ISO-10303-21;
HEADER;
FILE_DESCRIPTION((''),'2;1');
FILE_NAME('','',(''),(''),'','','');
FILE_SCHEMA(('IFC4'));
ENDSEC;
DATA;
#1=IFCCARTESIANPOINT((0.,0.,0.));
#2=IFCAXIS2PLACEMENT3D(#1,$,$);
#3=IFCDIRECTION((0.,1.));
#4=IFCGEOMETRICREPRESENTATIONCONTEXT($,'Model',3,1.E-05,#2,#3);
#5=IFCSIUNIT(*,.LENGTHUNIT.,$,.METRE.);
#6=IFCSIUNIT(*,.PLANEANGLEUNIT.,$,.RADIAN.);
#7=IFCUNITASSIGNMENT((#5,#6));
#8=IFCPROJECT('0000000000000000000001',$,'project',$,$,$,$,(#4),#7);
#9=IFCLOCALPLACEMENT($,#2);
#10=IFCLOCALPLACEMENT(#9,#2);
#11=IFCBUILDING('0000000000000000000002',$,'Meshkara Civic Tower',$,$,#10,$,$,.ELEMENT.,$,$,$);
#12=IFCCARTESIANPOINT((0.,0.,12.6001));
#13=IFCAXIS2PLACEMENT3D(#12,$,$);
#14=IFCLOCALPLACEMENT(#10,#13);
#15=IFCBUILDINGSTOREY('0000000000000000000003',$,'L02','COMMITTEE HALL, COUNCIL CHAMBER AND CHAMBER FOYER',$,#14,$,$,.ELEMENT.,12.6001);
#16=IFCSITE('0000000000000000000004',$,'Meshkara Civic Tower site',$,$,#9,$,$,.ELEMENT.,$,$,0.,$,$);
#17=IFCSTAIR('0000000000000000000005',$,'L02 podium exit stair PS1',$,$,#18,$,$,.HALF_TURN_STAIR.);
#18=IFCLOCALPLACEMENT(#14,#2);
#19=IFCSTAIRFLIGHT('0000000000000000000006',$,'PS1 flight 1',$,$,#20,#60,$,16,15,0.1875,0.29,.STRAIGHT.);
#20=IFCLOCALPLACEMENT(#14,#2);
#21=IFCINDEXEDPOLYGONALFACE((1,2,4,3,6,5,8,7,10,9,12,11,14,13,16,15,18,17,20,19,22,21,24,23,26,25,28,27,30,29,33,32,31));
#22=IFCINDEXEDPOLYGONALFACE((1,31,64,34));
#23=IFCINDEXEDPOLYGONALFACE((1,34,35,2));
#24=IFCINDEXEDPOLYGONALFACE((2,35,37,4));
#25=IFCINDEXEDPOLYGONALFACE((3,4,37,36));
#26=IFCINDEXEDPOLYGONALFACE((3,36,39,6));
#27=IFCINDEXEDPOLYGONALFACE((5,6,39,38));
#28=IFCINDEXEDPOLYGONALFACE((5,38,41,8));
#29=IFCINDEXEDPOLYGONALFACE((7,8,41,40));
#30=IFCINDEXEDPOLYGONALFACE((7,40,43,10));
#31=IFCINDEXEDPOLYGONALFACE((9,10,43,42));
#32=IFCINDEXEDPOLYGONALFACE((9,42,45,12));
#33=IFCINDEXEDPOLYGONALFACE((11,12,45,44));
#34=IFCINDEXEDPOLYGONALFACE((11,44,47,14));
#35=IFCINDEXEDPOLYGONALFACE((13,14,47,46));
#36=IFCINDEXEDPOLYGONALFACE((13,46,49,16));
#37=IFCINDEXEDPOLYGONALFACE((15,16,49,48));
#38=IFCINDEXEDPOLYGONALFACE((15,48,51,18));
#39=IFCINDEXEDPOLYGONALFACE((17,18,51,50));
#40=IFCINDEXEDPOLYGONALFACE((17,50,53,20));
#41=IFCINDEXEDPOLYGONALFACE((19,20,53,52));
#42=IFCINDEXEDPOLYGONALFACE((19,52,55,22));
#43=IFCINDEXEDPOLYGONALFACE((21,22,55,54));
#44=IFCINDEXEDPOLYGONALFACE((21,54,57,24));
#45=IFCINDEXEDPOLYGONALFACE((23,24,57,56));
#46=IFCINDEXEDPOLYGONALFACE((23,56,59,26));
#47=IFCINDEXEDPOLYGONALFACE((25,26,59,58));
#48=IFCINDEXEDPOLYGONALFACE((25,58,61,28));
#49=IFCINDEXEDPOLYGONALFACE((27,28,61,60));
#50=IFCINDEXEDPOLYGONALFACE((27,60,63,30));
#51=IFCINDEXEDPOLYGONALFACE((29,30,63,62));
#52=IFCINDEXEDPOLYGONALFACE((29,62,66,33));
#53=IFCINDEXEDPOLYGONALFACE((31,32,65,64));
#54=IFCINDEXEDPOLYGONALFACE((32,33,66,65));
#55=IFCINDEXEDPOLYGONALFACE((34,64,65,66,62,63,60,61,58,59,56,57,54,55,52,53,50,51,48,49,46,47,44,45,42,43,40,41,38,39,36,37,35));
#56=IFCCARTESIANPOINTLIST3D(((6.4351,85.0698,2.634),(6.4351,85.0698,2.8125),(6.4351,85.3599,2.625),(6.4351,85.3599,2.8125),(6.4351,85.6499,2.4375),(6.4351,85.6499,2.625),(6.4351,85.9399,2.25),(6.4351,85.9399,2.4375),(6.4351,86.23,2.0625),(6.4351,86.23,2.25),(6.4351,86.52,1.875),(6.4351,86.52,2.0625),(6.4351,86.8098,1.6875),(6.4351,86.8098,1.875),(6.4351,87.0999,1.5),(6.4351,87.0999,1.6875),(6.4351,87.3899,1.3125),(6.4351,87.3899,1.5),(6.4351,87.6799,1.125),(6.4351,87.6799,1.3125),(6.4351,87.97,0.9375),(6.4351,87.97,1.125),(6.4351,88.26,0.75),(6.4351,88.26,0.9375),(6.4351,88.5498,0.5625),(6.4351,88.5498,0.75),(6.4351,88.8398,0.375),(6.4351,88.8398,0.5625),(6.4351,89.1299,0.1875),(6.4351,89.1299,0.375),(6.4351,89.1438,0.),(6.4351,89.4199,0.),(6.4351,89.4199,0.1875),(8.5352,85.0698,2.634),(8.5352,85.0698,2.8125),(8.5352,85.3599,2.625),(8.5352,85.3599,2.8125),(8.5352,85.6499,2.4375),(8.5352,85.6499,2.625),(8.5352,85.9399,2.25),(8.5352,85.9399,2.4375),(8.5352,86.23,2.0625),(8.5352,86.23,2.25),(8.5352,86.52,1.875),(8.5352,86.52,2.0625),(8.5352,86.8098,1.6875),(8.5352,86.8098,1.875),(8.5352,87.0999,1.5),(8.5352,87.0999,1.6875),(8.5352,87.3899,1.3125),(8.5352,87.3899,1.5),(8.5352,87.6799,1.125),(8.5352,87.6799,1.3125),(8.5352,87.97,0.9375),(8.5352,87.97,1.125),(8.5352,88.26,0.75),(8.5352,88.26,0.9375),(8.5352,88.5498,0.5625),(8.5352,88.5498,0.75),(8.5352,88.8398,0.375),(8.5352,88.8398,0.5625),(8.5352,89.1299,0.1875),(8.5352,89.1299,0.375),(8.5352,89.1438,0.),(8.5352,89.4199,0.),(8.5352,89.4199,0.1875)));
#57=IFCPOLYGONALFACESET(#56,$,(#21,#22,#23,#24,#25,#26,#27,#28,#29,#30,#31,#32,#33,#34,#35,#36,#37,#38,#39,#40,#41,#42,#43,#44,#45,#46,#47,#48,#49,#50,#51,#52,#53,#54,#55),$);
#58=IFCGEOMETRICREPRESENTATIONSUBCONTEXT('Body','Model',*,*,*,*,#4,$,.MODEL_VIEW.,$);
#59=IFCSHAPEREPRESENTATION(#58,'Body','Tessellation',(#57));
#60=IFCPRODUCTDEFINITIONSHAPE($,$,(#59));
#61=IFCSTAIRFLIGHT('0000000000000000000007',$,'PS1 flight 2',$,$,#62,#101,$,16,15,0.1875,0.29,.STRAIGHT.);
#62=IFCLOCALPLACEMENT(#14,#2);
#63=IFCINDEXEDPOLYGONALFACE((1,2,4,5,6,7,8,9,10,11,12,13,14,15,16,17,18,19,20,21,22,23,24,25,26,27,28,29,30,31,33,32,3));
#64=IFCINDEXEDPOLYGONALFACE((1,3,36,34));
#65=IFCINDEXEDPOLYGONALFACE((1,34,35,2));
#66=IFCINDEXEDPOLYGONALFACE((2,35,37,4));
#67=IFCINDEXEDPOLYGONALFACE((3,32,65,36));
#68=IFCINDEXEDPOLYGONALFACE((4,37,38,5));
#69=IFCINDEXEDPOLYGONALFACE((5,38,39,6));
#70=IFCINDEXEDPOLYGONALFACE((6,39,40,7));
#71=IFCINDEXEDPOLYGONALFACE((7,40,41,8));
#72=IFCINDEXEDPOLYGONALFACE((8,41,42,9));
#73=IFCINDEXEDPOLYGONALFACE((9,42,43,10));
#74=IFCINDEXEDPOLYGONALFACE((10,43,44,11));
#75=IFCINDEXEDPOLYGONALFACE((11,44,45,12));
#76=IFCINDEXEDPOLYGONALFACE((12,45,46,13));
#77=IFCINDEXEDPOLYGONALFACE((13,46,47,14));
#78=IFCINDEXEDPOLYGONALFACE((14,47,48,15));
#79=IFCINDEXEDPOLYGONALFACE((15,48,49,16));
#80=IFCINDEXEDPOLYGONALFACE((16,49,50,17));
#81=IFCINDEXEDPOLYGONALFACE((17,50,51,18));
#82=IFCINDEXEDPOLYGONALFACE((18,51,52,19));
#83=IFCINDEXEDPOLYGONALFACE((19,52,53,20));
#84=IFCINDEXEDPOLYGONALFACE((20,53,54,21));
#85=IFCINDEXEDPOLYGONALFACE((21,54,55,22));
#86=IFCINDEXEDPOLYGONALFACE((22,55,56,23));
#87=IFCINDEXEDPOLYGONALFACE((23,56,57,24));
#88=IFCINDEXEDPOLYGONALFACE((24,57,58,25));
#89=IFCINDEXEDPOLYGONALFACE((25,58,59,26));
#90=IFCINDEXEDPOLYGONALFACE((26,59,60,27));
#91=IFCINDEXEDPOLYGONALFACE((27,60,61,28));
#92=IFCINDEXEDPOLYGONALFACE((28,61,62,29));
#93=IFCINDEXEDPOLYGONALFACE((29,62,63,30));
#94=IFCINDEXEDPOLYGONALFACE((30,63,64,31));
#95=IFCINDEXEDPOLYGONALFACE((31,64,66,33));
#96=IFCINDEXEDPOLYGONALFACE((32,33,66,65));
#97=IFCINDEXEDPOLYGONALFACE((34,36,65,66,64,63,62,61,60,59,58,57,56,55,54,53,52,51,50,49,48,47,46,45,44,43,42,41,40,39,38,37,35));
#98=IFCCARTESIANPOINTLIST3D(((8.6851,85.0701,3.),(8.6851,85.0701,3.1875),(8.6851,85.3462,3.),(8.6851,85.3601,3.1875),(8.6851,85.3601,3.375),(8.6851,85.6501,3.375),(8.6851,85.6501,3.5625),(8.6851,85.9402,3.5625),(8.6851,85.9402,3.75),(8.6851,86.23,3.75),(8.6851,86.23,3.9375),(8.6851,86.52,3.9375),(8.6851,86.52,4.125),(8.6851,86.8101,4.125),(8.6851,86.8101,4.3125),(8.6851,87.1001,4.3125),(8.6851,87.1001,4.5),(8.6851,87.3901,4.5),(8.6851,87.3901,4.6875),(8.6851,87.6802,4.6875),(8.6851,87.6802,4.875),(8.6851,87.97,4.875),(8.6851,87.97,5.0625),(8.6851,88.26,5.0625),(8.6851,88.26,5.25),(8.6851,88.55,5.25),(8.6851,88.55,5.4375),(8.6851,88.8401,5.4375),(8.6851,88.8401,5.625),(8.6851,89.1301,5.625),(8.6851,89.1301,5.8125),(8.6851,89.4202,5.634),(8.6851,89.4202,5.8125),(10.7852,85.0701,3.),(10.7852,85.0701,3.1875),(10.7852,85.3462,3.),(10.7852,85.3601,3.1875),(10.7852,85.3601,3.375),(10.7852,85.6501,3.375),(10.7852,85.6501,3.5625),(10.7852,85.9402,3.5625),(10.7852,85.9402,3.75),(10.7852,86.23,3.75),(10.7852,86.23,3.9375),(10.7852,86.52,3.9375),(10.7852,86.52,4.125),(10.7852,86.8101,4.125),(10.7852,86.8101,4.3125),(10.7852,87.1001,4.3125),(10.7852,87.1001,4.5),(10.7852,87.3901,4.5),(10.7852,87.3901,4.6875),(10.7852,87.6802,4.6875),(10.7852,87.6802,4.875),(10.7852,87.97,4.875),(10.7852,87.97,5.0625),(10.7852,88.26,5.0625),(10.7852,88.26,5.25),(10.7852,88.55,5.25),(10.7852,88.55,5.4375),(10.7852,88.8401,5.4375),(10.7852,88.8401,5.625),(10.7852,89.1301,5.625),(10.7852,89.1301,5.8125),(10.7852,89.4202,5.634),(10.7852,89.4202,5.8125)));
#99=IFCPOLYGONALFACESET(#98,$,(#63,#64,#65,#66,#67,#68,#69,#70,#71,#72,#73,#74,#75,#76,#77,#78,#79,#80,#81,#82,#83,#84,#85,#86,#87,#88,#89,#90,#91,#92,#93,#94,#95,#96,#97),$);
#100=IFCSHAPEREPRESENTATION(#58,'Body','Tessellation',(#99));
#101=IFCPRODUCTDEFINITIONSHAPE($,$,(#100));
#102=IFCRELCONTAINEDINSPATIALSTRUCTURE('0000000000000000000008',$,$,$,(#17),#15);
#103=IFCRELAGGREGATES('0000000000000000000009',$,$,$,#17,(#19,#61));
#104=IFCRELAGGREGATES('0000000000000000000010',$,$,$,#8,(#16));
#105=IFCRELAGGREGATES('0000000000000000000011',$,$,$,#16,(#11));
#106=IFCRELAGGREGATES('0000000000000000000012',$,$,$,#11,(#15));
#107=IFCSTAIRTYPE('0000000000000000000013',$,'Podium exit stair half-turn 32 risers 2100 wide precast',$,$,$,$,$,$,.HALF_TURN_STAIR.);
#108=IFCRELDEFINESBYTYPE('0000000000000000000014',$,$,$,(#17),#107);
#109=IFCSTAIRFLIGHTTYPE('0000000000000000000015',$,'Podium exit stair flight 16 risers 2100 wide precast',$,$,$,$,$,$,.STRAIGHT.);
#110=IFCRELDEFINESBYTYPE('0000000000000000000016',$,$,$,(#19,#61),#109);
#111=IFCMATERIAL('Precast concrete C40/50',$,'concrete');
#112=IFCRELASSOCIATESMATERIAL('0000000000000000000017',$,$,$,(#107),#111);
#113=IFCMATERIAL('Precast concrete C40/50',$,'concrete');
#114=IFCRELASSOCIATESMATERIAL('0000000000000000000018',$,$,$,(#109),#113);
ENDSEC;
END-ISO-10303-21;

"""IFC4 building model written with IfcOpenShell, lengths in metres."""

from ifc_helpers import new_model, si_unit, direction, frame, origin, place, context, subcontext, project, spatial, polyline, outline, extrude, material, type_object, element, aggregate, save


model = new_model("IFC4")

# Units and contexts
model_context = context("Model", 3, precision=1e-05, world=origin(), true_north=direction((0.0, 1.0)))
body_context = subcontext(model_context, "Body", "Model", "MODEL_VIEW")
ifc_project = project(units=[si_unit("LENGTHUNIT", "METRE"), si_unit("PLANEANGLEUNIT", "RADIAN")], contexts=[model_context])

# Site, building, storey
site_placement = place(None, origin())
site = spatial("IfcSite", under=ifc_project, at=site_placement, Name="Meshkara Civic Tower site", CompositionType="ELEMENT", RefElevation=0.0)
building_placement = place(site_placement, origin())
building = spatial("IfcBuilding", under=site, at=building_placement, Name="Meshkara Civic Tower", CompositionType="ELEMENT")
storey_placement = place(building_placement, frame((0.0, 0.0, 12.6001)))
storey = spatial("IfcBuildingStorey", under=building, at=storey_placement, Name="L02", Description="COMMITTEE HALL, COUNCIL CHAMBER AND CHAMBER FOYER", CompositionType="ELEMENT", Elevation=12.6001)

# Stair, stair flights
ifc_material_1 = material(Name="Precast concrete C40/50", Category="concrete")
stair_type_1 = type_object("IfcStairType", Name="Podium exit stair half-turn 32 risers 2100 wide precast", PredefinedType="HALF_TURN_STAIR", material=ifc_material_1)
stair_1_placement = place(storey_placement, origin())
stair_1 = element("IfcStair", 1, at=stair_1_placement, inside=storey, type_object=stair_type_1, Name="L02 podium exit stair PS1", PredefinedType="HALF_TURN_STAIR")
ifc_material_2 = material(Name="Precast concrete C40/50", Category="concrete")
stair_flight_type_1 = type_object("IfcStairFlightType", Name="Podium exit stair flight 16 risers 2100 wide precast", PredefinedType="STRAIGHT", material=ifc_material_2)
stair_flight_1_placement = place(storey_placement, frame((7.4851, 89.4199, 0.0), z_axis=(0.0, 0.0, 1.0), x_axis=(0.0, -1.0, 0.0)))
stair_flight_1 = element("IfcStairFlight", 2, at=stair_flight_1_placement, type_object=stair_flight_type_1, Name="PS1 flight 1", NumberOfRisers=16, NumberOfTreads=15, PredefinedType="STRAIGHT", RiserHeight=0.1875, TreadLength=0.29, context=body_context, shape_type="SweptSolid", body=[
    extrude(outline(polyline([(0.0, 0.0), (0.0, 0.1875), (0.29, 0.1875), (0.29, 0.375), (0.5801, 0.375), (0.5801, 0.5625), (0.8701, 0.5625), (0.8701, 0.75), (1.1599, 0.75), (1.1599, 0.9375), (1.45, 0.9375), (1.45, 1.125), (1.74, 1.125), (1.74, 1.3125), (2.03, 1.3125), (2.03, 1.5), (2.3201, 1.5), (2.3201, 1.6875), (2.6101, 1.6875), (2.6101, 1.875), (2.8999, 1.875), (2.8999, 2.0625), (3.1899, 2.0625), (3.1899, 2.25), (3.48, 2.25), (3.48, 2.4375), (3.77, 2.4375), (3.77, 2.625), (4.0601, 2.625), (4.0601, 2.8125), (4.3501, 2.8125), (4.3501, 3.0), (4.3501, 2.634), (0.2761, 0.0), (0.0, 0.0)])), frame((0.0, 1.05, 0.0), z_axis=(0.0, -1.0, 0.0), x_axis=(1.0, 0.0, 0.0)), (0.0, 0.0, 1.0), 2.1001),
])
stair_flight_2_placement = place(storey_placement, frame((9.7351, 85.0701, 3.0), z_axis=(0.0, 0.0, 1.0), x_axis=(0.0, 1.0, 0.0)))
stair_flight_2 = element("IfcStairFlight", 3, at=stair_flight_2_placement, type_object=stair_flight_type_1, Name="PS1 flight 2", NumberOfRisers=16, NumberOfTreads=15, PredefinedType="STRAIGHT", RiserHeight=0.1875, TreadLength=0.29, context=body_context, shape_type="SweptSolid", body=[
    extrude(outline(polyline([(0.0, 0.0), (0.0, 0.1875), (0.29, 0.1875), (0.29, 0.375), (0.5801, 0.375), (0.5801, 0.5625), (0.8701, 0.5625), (0.8701, 0.75), (1.1599, 0.75), (1.1599, 0.9375), (1.45, 0.9375), (1.45, 1.125), (1.74, 1.125), (1.74, 1.3125), (2.03, 1.3125), (2.03, 1.5), (2.3201, 1.5), (2.3201, 1.6875), (2.6101, 1.6875), (2.6101, 1.875), (2.8999, 1.875), (2.8999, 2.0625), (3.1899, 2.0625), (3.1899, 2.25), (3.48, 2.25), (3.48, 2.4375), (3.77, 2.4375), (3.77, 2.625), (4.0601, 2.625), (4.0601, 2.8125), (4.3501, 2.8125), (4.3501, 3.0), (4.3501, 2.634), (0.2761, 0.0), (0.0, 0.0)])), frame((0.0, 1.05, 0.0), z_axis=(0.0, -1.0, 0.0), x_axis=(1.0, 0.0, 0.0)), (0.0, 0.0, 1.0), 2.1001),
])
aggregate(stair_1, [stair_flight_1, stair_flight_2])

save(model, "model.ifc")
